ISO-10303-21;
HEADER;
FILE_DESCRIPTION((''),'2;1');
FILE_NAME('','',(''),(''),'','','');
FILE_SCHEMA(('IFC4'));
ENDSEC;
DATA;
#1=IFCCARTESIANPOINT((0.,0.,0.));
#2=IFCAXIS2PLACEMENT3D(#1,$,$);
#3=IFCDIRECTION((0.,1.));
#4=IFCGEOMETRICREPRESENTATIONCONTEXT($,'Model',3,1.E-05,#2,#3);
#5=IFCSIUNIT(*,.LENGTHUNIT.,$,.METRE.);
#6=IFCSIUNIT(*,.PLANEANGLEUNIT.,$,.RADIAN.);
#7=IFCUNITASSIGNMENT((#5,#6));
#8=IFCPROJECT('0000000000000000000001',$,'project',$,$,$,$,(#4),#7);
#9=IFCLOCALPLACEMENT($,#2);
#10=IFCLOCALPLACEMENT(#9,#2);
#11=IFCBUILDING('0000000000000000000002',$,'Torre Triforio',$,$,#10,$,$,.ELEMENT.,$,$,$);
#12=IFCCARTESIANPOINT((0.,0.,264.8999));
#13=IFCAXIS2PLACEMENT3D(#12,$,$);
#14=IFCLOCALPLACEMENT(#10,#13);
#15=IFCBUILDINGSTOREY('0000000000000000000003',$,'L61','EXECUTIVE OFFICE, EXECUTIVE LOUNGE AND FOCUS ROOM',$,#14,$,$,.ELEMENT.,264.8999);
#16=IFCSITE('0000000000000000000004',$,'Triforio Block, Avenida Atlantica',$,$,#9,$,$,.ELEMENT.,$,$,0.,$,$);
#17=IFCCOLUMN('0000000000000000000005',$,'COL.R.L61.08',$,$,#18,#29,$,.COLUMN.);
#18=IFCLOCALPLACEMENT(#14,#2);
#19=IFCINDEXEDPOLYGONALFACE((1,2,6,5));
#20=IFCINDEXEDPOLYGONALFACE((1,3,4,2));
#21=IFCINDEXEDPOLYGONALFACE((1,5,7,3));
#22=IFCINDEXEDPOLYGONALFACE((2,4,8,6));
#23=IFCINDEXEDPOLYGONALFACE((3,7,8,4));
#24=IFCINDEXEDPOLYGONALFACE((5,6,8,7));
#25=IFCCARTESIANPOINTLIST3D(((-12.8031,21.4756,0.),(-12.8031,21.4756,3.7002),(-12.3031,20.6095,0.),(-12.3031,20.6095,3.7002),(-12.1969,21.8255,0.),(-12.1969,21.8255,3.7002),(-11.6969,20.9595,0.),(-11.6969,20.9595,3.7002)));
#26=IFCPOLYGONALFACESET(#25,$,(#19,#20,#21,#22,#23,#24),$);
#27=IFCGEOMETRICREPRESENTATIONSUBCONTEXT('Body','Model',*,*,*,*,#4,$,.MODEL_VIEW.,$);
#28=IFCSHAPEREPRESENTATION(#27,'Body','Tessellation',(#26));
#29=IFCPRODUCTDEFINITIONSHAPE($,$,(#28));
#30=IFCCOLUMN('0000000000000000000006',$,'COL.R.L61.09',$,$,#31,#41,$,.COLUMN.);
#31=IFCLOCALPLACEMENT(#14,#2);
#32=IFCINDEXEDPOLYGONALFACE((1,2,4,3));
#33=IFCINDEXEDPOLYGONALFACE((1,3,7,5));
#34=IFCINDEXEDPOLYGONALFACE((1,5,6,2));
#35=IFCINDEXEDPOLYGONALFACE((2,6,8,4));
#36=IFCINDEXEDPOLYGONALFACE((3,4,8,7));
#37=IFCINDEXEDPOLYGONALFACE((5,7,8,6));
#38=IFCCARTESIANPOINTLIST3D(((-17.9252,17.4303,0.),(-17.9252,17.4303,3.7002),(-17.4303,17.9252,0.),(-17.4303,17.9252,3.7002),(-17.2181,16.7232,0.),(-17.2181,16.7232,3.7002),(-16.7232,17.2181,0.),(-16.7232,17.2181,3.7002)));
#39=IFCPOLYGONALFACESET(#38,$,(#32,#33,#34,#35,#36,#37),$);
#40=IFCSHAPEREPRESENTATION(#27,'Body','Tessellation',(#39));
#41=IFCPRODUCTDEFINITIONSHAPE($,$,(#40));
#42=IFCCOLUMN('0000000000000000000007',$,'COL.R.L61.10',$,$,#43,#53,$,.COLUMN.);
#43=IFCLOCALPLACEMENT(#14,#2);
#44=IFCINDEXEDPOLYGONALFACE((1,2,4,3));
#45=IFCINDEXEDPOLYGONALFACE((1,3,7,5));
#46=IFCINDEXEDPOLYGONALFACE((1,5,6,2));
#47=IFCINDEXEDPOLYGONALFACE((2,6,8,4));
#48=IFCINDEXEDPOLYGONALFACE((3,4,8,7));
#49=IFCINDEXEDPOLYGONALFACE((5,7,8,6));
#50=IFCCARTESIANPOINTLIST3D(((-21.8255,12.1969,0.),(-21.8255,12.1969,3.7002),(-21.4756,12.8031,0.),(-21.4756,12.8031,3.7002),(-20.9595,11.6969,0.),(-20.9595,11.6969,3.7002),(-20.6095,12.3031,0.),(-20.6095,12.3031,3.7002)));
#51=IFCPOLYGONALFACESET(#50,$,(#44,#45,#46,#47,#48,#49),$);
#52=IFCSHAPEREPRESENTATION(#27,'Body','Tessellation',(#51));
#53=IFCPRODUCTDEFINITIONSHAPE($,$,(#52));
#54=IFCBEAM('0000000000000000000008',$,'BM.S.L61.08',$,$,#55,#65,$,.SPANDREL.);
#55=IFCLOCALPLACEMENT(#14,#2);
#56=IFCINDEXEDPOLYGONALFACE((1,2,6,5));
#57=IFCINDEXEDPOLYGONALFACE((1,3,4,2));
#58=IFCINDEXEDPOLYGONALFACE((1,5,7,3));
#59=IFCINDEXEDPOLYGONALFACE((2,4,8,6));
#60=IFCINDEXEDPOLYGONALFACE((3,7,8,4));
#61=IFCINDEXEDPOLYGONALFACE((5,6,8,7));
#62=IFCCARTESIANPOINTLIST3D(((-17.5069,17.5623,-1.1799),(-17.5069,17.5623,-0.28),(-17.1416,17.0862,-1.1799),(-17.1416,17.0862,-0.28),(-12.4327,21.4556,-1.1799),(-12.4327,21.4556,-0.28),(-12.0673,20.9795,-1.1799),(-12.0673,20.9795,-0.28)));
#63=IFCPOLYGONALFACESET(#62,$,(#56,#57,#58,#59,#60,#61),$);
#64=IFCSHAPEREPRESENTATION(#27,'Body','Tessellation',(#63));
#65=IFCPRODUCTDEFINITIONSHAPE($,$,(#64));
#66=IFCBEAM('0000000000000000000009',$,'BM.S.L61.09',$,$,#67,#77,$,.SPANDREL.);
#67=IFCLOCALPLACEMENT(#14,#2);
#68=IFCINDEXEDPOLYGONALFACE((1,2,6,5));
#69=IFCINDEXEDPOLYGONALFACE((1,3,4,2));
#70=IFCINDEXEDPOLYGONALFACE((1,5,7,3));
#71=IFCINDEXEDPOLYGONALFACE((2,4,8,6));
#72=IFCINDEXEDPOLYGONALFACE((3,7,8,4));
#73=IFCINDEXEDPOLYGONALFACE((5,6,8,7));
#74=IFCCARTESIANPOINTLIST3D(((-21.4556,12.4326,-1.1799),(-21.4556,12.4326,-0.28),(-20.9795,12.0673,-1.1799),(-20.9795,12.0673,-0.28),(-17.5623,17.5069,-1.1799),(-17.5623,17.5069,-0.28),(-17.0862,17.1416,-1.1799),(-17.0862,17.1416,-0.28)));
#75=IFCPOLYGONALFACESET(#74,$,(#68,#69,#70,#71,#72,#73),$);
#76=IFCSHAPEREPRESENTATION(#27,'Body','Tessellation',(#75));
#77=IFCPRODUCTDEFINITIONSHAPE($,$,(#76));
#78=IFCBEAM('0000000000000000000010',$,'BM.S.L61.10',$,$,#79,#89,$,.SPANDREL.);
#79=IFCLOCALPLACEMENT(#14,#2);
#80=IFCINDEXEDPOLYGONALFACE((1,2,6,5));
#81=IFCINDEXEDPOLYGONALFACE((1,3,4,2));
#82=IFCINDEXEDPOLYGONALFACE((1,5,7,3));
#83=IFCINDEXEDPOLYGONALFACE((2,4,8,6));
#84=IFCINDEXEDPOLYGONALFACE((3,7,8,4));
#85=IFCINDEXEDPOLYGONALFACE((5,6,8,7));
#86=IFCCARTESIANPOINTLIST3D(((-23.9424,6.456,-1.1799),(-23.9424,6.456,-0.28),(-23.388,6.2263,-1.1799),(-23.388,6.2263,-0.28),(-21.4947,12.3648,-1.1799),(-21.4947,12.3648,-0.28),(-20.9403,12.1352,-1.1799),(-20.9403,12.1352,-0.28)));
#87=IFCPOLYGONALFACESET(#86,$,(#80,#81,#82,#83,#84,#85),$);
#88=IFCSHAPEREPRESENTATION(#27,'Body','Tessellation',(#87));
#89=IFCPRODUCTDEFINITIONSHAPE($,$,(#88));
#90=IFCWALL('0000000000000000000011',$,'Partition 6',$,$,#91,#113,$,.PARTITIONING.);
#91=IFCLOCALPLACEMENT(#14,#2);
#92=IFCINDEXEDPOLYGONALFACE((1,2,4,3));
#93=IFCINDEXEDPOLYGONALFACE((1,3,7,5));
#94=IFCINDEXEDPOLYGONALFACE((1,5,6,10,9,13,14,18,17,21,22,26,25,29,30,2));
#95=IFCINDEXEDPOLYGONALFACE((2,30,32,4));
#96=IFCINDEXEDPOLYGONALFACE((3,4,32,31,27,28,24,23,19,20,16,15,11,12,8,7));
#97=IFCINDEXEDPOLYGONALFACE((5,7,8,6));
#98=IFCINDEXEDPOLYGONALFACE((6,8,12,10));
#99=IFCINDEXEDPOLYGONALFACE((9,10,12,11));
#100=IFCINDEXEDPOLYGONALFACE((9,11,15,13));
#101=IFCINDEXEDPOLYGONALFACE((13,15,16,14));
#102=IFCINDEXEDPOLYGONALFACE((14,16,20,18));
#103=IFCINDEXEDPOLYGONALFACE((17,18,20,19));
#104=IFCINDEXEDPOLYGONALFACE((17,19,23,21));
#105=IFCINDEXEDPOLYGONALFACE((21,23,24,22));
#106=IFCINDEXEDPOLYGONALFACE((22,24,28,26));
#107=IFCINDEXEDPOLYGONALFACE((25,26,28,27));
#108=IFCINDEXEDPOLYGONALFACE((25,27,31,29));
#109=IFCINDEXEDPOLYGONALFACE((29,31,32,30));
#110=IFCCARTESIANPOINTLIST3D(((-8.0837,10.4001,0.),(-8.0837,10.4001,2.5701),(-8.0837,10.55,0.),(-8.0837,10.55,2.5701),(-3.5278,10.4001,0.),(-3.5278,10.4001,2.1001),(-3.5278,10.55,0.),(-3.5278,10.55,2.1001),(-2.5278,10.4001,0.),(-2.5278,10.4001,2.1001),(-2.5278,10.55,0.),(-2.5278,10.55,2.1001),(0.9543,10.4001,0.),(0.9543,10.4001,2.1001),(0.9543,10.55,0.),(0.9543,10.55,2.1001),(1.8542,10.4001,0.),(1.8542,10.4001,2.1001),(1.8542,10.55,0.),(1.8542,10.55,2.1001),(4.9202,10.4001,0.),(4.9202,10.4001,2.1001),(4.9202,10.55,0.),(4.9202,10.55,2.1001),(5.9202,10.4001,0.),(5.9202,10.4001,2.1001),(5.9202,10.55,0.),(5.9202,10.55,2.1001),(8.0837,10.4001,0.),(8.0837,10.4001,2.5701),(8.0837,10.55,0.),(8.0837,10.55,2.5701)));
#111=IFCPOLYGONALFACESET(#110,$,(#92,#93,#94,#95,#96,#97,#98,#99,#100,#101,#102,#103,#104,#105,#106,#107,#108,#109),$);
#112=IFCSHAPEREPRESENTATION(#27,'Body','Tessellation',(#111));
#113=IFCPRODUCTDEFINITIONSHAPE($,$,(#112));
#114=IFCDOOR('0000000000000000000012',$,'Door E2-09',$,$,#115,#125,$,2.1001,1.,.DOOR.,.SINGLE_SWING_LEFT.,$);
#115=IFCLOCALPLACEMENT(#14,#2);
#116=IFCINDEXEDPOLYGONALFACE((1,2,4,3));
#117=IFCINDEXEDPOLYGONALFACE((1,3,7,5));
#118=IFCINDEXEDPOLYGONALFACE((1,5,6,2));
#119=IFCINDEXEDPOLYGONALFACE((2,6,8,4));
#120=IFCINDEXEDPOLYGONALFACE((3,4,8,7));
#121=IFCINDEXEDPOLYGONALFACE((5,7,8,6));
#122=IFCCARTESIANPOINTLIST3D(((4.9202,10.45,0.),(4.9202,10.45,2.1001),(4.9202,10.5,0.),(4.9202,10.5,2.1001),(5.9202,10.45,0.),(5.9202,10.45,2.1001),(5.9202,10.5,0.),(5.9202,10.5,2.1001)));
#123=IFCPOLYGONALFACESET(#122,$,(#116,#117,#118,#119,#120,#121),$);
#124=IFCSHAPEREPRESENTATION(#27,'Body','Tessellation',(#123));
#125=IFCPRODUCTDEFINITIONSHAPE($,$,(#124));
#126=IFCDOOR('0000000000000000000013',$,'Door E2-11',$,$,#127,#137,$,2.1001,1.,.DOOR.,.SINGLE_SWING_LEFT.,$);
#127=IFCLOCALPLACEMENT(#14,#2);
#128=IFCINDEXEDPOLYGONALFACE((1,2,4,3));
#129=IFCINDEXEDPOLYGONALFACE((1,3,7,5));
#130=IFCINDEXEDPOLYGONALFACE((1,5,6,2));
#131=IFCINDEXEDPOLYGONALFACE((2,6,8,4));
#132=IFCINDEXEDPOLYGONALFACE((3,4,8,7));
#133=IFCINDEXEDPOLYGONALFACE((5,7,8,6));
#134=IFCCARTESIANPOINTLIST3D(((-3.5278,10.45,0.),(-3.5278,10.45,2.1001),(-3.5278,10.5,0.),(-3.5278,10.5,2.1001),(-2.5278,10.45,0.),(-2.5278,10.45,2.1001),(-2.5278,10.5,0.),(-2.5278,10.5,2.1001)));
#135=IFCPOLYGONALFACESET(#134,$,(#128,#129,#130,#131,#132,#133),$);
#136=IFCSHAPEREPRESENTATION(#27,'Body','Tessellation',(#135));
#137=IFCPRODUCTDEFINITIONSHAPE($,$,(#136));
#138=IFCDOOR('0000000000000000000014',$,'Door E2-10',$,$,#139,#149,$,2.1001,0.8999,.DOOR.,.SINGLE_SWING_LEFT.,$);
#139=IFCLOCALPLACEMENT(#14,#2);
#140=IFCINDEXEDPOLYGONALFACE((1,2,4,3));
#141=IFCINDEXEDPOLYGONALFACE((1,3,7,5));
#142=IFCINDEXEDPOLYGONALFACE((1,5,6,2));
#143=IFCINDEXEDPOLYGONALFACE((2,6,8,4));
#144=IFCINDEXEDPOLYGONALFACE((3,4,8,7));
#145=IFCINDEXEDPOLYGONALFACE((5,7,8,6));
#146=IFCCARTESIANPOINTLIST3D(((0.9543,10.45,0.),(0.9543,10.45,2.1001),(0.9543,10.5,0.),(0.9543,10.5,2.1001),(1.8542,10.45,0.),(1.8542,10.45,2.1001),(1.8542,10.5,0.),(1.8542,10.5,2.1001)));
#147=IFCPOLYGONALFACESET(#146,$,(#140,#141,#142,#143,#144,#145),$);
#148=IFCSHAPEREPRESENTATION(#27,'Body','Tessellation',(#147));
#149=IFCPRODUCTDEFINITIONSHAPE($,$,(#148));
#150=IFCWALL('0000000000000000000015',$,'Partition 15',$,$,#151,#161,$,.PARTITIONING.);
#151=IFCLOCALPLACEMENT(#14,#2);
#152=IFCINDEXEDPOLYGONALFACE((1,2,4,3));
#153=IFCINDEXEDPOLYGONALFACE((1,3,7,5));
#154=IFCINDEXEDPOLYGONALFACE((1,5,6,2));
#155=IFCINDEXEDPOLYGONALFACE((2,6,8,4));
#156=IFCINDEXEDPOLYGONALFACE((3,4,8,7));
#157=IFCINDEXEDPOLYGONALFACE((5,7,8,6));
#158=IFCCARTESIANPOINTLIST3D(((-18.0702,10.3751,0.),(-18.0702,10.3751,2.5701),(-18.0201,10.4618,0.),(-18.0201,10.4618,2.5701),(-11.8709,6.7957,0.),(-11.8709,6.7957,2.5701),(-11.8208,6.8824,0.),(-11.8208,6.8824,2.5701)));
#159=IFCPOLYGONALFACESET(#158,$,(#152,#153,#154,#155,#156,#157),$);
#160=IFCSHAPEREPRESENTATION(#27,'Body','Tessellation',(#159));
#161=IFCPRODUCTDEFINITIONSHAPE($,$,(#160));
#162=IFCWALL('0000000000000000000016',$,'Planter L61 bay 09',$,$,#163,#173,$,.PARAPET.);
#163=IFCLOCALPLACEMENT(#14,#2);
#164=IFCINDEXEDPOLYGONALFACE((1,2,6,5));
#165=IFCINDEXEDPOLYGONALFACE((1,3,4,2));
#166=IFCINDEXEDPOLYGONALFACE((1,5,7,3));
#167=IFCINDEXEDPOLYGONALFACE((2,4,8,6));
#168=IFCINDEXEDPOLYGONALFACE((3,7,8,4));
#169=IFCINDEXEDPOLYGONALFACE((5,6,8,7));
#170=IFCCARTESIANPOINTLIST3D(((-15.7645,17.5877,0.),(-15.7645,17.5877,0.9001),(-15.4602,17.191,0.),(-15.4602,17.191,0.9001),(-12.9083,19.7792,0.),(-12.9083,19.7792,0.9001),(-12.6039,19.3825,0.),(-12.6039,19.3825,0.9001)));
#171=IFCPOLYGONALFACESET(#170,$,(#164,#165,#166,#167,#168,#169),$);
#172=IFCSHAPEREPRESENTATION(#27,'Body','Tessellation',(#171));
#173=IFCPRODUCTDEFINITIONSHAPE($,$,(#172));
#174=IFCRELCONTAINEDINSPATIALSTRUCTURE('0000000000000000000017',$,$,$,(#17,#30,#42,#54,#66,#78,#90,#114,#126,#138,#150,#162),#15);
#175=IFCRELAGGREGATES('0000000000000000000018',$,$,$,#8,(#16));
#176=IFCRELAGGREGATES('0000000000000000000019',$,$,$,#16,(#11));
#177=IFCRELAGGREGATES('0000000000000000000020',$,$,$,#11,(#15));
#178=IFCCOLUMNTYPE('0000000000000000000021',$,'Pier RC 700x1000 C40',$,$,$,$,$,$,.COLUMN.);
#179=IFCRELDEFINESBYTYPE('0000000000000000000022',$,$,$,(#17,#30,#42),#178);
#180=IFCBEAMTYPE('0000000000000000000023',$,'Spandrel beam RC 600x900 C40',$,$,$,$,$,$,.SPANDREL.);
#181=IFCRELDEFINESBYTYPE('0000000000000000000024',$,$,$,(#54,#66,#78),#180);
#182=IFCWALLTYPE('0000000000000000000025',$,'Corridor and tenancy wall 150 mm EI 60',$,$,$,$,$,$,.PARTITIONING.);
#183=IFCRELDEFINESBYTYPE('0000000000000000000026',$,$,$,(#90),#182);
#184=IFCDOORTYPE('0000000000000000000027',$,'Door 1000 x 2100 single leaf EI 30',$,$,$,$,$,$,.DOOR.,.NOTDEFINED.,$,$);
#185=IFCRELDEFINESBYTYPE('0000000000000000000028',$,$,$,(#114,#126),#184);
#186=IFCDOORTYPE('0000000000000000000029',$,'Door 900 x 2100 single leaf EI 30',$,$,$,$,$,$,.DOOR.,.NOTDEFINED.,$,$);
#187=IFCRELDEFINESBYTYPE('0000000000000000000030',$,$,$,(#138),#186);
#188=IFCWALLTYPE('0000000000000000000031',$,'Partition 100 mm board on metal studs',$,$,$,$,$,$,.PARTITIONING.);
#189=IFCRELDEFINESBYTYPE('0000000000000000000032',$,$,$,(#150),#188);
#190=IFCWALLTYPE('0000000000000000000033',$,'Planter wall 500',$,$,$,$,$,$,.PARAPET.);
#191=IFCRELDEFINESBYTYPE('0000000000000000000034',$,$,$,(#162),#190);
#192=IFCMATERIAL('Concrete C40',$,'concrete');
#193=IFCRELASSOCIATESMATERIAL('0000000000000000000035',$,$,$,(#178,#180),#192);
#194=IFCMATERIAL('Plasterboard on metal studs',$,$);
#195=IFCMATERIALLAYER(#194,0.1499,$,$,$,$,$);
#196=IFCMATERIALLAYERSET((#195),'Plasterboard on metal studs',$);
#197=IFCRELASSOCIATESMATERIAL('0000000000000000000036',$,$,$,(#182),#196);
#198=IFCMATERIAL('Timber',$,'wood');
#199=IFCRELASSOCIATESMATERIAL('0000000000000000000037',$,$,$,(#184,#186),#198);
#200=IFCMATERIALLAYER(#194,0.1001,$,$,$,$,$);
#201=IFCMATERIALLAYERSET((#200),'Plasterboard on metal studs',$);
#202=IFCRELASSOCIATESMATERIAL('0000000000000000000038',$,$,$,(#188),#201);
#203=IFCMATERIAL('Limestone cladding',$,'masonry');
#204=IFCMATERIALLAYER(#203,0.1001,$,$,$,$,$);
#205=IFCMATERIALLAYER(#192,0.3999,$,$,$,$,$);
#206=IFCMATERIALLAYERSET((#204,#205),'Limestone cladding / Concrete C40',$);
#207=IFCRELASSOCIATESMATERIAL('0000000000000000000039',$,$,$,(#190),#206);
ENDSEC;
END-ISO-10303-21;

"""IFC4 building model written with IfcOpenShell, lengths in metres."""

from ifc_helpers import new_model, si_unit, direction, frame, frame_2d, origin, origin_2d, place, context, subcontext, project, spatial, rectangle, extrude, material, layer, layer_set, material_profile, profile_set, type_object, element, fill, save


model = new_model("IFC4")

# Units and contexts
model_context = context("Model", 3, precision=1e-05, world=origin(), true_north=direction((0.0, 1.0)))
body_context = subcontext(model_context, "Body", "Model", "MODEL_VIEW")
ifc_project = project(units=[si_unit("LENGTHUNIT", "METRE"), si_unit("PLANEANGLEUNIT", "RADIAN")], contexts=[model_context])

# Site, building, storey
site_placement = place(None, origin())
site = spatial("IfcSite", under=ifc_project, at=site_placement, Name="Triforio Block, Avenida Atlantica", CompositionType="ELEMENT", RefElevation=0.0)
building_placement = place(site_placement, origin())
building = spatial("IfcBuilding", under=site, at=building_placement, Name="Torre Triforio", CompositionType="ELEMENT")
storey_placement = place(building_placement, frame((0.0, 0.0, 264.8999)))
storey = spatial("IfcBuildingStorey", under=building, at=storey_placement, Name="L61", Description="EXECUTIVE OFFICE, EXECUTIVE LOUNGE AND FOCUS ROOM", CompositionType="ELEMENT", Elevation=264.8999)

# Columns
ifc_material_1 = material(Name="Concrete C40", Category="concrete")
ifc_material_profile_1 = material_profile(ifc_material_1, rectangle(XDim=0.7, YDim=1.0, at=origin_2d()), Name="RC 700x1000")
ifc_profile_set_1 = profile_set([ifc_material_profile_1], Name="Concrete C40")
column_type = type_object("IfcColumnType", Name="Pier RC 700x1000 C40", PredefinedType="COLUMN", material=ifc_profile_set_1)
for number, where, z_axis, x_axis, name in (
    (1, (-12.25, 21.2175, 0.0), (0.0, 0.0, 1.0), (-0.866025, -0.5, 0.0), "COL.R.L61.08"),
    (2, (-17.3242, 17.3242, 0.0), (0.0, 0.0, 1.0), (-0.707107, -0.707107, 0.0), "COL.R.L61.09"),
    (3, (-21.2175, 12.25, 0.0), (0.0, 0.0, 1.0), (-0.5, -0.866025, 0.0), "COL.R.L61.10"),
):
    element("IfcColumn", number, at=place(storey_placement, frame(where, z_axis=z_axis, x_axis=x_axis)), inside=storey, type_object=column_type, Name=name, PredefinedType="COLUMN", context=body_context, shape_type="SweptSolid", body=[
        extrude(rectangle(XDim=0.7, YDim=1.0, at=origin_2d()), origin(), (0.0, 0.0, 1.0), 3.7002),
    ])

# Beams
ifc_material_profile_2 = material_profile(ifc_material_1, rectangle(XDim=0.6001, YDim=0.8999, at=origin_2d()), Name="RC 600x900")
ifc_profile_set_2 = profile_set([ifc_material_profile_2], Name="Concrete C40")
beam_type = type_object("IfcBeamType", Name="Spandrel beam RC 600x900 C40", PredefinedType="SPANDREL", material=ifc_profile_set_2)
for number, where, z_axis, x_axis, name in (
    (4, (-12.25, 21.2175, -0.73), (-0.793374, -0.608734, 0.0), (0.608734, -0.793374, 0.0), "BM.S.L61.08"),
    (5, (-17.3242, 17.3242, -0.73), (-0.608734, -0.793374, 0.0), (0.793374, -0.608734, 0.0), "BM.S.L61.09"),
    (6, (-21.2175, 12.25, -0.73), (-0.382709, -0.923869, 0.0), (0.923869, -0.382709, 0.0), "BM.S.L61.10"),
):
    element("IfcBeam", number, at=place(storey_placement, frame(where, z_axis=z_axis, x_axis=x_axis)), inside=storey, type_object=beam_type, Name=name, PredefinedType="SPANDREL", context=body_context, shape_type="SweptSolid", body=[
        extrude(rectangle(XDim=0.6001, YDim=0.8999, at=origin_2d()), origin(), (0.0, 0.0, 1.0), 6.3958),
    ])

# Wall, openings, doors
ifc_material_2 = material(Name="Plasterboard on metal studs")
ifc_layer_1 = layer(ifc_material_2, 0.1499)
ifc_layer_set_1 = layer_set([ifc_layer_1], Name="Plasterboard on metal studs")
wall_type_1 = type_object("IfcWallType", Name="Corridor and tenancy wall 150 mm EI 60", PredefinedType="PARTITIONING", material=ifc_layer_set_1)
wall_1_placement = place(storey_placement, frame((-8.0837, 10.4751, 0.0), z_axis=(0.0, 0.0, 1.0), x_axis=(1.0, 0.0, 0.0)))
wall_1 = element("IfcWall", 7, at=wall_1_placement, inside=storey, type_object=wall_type_1, Name="Partition 6", PredefinedType="PARTITIONING", context=body_context, shape_type="SweptSolid", body=[
    extrude(rectangle(XDim=16.1675, YDim=0.1499, at=frame_2d((8.0837, 0.0))), origin(), (0.0, 0.0, 1.0), 2.5701),
])
opening_1_placement = place(wall_1_placement, frame((13.0039, 0.0, 0.0)))
opening_1 = element("IfcOpeningElement", 8, at=opening_1_placement, cuts=wall_1, PredefinedType="OPENING", context=body_context, shape_type="SweptSolid", body=[
    extrude(rectangle(XDim=1.0, YDim=2.1001, at=frame_2d((0.5, 1.05))), frame((0.0, 0.085, 0.0), z_axis=(0.0, -1.0, 0.0), x_axis=(1.0, 0.0, 0.0)), (0.0, 0.0, 1.0), 0.1699),
])
opening_2_placement = place(wall_1_placement, frame((9.0381, 0.0, 0.0)))
opening_2 = element("IfcOpeningElement", 9, at=opening_2_placement, cuts=wall_1, PredefinedType="OPENING", context=body_context, shape_type="SweptSolid", body=[
    extrude(rectangle(XDim=0.8999, YDim=2.1001, at=frame_2d((0.45, 1.05))), frame((0.0, 0.085, 0.0), z_axis=(0.0, -1.0, 0.0), x_axis=(1.0, 0.0, 0.0)), (0.0, 0.0, 1.0), 0.1699),
])
opening_3_placement = place(wall_1_placement, frame((4.5559, 0.0, 0.0)))
opening_3 = element("IfcOpeningElement", 10, at=opening_3_placement, cuts=wall_1, PredefinedType="OPENING", context=body_context, shape_type="SweptSolid", body=[
    extrude(rectangle(XDim=1.0, YDim=2.1001, at=frame_2d((0.5, 1.05))), frame((0.0, 0.085, 0.0), z_axis=(0.0, -1.0, 0.0), x_axis=(1.0, 0.0, 0.0)), (0.0, 0.0, 1.0), 0.1699),
])
ifc_material_3 = material(Name="Timber", Category="wood")
door_type_1 = type_object("IfcDoorType", Name="Door 1000 x 2100 single leaf EI 30", OperationType="NOTDEFINED", PredefinedType="DOOR", material=ifc_material_3)
door_1_placement = place(opening_1_placement, origin())
door_1 = element("IfcDoor", 11, at=door_1_placement, inside=storey, type_object=door_type_1, Name="Door E2-09", OperationType="SINGLE_SWING_LEFT", OverallHeight=2.1001, OverallWidth=1.0, PredefinedType="DOOR", context=body_context, shape_type="SweptSolid", body=[
    extrude(rectangle(XDim=1.0, YDim=2.1001, at=frame_2d((0.5, 1.05))), frame((0.0, 0.0249, 0.0), z_axis=(0.0, -1.0, 0.0), x_axis=(1.0, 0.0, 0.0)), (0.0, 0.0, 1.0), 0.05),
])
fill(opening_1, door_1)
door_2_placement = place(opening_3_placement, origin())
door_2 = element("IfcDoor", 12, at=door_2_placement, inside=storey, type_object=door_type_1, Name="Door E2-11", OperationType="SINGLE_SWING_LEFT", OverallHeight=2.1001, OverallWidth=1.0, PredefinedType="DOOR", context=body_context, shape_type="SweptSolid", body=[
    extrude(rectangle(XDim=1.0, YDim=2.1001, at=frame_2d((0.5, 1.05))), frame((0.0, 0.0249, 0.0), z_axis=(0.0, -1.0, 0.0), x_axis=(1.0, 0.0, 0.0)), (0.0, 0.0, 1.0), 0.05),
])
fill(opening_3, door_2)
door_type_2 = type_object("IfcDoorType", Name="Door 900 x 2100 single leaf EI 30", OperationType="NOTDEFINED", PredefinedType="DOOR", material=ifc_material_3)
door_3_placement = place(opening_2_placement, origin())
door_3 = element("IfcDoor", 13, at=door_3_placement, inside=storey, type_object=door_type_2, Name="Door E2-10", OperationType="SINGLE_SWING_LEFT", OverallHeight=2.1001, OverallWidth=0.8999, PredefinedType="DOOR", context=body_context, shape_type="SweptSolid", body=[
    extrude(rectangle(XDim=0.8999, YDim=2.1001, at=frame_2d((0.45, 1.05))), frame((0.0, 0.0249, 0.0), z_axis=(0.0, -1.0, 0.0), x_axis=(1.0, 0.0, 0.0)), (0.0, 0.0, 1.0), 0.05),
])
fill(opening_2, door_3)

# Walls
ifc_layer_2 = layer(ifc_material_2, 0.1001)
ifc_layer_set_2 = layer_set([ifc_layer_2], Name="Plasterboard on metal studs")
wall_type_2 = type_object("IfcWallType", Name="Partition 100 mm board on metal studs", PredefinedType="PARTITIONING", material=ifc_layer_set_2)
wall_2_placement = place(storey_placement, frame((-11.8459, 6.8391, 0.0), z_axis=(0.0, 0.0, 1.0), x_axis=(-0.866012, 0.500024, 0.0)))
element("IfcWall", 14, at=wall_2_placement, inside=storey, type_object=wall_type_2, Name="Partition 15", PredefinedType="PARTITIONING", context=body_context, shape_type="SweptSolid", body=[
    extrude(rectangle(XDim=7.1584, YDim=0.1001, at=frame_2d((3.5791, 0.0))), origin(), (0.0, 0.0, 1.0), 2.5701),
])
ifc_material_4 = material(Name="Limestone cladding", Category="masonry")
ifc_layer_3 = layer(ifc_material_4, 0.1001)
ifc_layer_4 = layer(ifc_material_1, 0.3999)
ifc_layer_set_3 = layer_set([ifc_layer_3, ifc_layer_4], Name="Limestone cladding / Concrete C40")
wall_type_3 = type_object("IfcWallType", Name="Planter wall 500", PredefinedType="PARAPET", material=ifc_layer_set_3)
wall_3_placement = place(storey_placement, frame((-12.7561, 19.5808, 0.0), z_axis=(0.0, 0.0, 1.0), x_axis=(-0.793385, -0.608721, 0.0)))
element("IfcWall", 15, at=wall_3_placement, inside=storey, type_object=wall_type_3, Name="Planter L61 bay 09", PredefinedType="PARAPET", context=body_context, shape_type="SweptSolid", body=[
    extrude(rectangle(XDim=3.6001, YDim=0.5, at=frame_2d((1.8, 0.0))), origin(), (0.0, 0.0, 1.0), 0.9001),
])

save(model, "model.ifc")
